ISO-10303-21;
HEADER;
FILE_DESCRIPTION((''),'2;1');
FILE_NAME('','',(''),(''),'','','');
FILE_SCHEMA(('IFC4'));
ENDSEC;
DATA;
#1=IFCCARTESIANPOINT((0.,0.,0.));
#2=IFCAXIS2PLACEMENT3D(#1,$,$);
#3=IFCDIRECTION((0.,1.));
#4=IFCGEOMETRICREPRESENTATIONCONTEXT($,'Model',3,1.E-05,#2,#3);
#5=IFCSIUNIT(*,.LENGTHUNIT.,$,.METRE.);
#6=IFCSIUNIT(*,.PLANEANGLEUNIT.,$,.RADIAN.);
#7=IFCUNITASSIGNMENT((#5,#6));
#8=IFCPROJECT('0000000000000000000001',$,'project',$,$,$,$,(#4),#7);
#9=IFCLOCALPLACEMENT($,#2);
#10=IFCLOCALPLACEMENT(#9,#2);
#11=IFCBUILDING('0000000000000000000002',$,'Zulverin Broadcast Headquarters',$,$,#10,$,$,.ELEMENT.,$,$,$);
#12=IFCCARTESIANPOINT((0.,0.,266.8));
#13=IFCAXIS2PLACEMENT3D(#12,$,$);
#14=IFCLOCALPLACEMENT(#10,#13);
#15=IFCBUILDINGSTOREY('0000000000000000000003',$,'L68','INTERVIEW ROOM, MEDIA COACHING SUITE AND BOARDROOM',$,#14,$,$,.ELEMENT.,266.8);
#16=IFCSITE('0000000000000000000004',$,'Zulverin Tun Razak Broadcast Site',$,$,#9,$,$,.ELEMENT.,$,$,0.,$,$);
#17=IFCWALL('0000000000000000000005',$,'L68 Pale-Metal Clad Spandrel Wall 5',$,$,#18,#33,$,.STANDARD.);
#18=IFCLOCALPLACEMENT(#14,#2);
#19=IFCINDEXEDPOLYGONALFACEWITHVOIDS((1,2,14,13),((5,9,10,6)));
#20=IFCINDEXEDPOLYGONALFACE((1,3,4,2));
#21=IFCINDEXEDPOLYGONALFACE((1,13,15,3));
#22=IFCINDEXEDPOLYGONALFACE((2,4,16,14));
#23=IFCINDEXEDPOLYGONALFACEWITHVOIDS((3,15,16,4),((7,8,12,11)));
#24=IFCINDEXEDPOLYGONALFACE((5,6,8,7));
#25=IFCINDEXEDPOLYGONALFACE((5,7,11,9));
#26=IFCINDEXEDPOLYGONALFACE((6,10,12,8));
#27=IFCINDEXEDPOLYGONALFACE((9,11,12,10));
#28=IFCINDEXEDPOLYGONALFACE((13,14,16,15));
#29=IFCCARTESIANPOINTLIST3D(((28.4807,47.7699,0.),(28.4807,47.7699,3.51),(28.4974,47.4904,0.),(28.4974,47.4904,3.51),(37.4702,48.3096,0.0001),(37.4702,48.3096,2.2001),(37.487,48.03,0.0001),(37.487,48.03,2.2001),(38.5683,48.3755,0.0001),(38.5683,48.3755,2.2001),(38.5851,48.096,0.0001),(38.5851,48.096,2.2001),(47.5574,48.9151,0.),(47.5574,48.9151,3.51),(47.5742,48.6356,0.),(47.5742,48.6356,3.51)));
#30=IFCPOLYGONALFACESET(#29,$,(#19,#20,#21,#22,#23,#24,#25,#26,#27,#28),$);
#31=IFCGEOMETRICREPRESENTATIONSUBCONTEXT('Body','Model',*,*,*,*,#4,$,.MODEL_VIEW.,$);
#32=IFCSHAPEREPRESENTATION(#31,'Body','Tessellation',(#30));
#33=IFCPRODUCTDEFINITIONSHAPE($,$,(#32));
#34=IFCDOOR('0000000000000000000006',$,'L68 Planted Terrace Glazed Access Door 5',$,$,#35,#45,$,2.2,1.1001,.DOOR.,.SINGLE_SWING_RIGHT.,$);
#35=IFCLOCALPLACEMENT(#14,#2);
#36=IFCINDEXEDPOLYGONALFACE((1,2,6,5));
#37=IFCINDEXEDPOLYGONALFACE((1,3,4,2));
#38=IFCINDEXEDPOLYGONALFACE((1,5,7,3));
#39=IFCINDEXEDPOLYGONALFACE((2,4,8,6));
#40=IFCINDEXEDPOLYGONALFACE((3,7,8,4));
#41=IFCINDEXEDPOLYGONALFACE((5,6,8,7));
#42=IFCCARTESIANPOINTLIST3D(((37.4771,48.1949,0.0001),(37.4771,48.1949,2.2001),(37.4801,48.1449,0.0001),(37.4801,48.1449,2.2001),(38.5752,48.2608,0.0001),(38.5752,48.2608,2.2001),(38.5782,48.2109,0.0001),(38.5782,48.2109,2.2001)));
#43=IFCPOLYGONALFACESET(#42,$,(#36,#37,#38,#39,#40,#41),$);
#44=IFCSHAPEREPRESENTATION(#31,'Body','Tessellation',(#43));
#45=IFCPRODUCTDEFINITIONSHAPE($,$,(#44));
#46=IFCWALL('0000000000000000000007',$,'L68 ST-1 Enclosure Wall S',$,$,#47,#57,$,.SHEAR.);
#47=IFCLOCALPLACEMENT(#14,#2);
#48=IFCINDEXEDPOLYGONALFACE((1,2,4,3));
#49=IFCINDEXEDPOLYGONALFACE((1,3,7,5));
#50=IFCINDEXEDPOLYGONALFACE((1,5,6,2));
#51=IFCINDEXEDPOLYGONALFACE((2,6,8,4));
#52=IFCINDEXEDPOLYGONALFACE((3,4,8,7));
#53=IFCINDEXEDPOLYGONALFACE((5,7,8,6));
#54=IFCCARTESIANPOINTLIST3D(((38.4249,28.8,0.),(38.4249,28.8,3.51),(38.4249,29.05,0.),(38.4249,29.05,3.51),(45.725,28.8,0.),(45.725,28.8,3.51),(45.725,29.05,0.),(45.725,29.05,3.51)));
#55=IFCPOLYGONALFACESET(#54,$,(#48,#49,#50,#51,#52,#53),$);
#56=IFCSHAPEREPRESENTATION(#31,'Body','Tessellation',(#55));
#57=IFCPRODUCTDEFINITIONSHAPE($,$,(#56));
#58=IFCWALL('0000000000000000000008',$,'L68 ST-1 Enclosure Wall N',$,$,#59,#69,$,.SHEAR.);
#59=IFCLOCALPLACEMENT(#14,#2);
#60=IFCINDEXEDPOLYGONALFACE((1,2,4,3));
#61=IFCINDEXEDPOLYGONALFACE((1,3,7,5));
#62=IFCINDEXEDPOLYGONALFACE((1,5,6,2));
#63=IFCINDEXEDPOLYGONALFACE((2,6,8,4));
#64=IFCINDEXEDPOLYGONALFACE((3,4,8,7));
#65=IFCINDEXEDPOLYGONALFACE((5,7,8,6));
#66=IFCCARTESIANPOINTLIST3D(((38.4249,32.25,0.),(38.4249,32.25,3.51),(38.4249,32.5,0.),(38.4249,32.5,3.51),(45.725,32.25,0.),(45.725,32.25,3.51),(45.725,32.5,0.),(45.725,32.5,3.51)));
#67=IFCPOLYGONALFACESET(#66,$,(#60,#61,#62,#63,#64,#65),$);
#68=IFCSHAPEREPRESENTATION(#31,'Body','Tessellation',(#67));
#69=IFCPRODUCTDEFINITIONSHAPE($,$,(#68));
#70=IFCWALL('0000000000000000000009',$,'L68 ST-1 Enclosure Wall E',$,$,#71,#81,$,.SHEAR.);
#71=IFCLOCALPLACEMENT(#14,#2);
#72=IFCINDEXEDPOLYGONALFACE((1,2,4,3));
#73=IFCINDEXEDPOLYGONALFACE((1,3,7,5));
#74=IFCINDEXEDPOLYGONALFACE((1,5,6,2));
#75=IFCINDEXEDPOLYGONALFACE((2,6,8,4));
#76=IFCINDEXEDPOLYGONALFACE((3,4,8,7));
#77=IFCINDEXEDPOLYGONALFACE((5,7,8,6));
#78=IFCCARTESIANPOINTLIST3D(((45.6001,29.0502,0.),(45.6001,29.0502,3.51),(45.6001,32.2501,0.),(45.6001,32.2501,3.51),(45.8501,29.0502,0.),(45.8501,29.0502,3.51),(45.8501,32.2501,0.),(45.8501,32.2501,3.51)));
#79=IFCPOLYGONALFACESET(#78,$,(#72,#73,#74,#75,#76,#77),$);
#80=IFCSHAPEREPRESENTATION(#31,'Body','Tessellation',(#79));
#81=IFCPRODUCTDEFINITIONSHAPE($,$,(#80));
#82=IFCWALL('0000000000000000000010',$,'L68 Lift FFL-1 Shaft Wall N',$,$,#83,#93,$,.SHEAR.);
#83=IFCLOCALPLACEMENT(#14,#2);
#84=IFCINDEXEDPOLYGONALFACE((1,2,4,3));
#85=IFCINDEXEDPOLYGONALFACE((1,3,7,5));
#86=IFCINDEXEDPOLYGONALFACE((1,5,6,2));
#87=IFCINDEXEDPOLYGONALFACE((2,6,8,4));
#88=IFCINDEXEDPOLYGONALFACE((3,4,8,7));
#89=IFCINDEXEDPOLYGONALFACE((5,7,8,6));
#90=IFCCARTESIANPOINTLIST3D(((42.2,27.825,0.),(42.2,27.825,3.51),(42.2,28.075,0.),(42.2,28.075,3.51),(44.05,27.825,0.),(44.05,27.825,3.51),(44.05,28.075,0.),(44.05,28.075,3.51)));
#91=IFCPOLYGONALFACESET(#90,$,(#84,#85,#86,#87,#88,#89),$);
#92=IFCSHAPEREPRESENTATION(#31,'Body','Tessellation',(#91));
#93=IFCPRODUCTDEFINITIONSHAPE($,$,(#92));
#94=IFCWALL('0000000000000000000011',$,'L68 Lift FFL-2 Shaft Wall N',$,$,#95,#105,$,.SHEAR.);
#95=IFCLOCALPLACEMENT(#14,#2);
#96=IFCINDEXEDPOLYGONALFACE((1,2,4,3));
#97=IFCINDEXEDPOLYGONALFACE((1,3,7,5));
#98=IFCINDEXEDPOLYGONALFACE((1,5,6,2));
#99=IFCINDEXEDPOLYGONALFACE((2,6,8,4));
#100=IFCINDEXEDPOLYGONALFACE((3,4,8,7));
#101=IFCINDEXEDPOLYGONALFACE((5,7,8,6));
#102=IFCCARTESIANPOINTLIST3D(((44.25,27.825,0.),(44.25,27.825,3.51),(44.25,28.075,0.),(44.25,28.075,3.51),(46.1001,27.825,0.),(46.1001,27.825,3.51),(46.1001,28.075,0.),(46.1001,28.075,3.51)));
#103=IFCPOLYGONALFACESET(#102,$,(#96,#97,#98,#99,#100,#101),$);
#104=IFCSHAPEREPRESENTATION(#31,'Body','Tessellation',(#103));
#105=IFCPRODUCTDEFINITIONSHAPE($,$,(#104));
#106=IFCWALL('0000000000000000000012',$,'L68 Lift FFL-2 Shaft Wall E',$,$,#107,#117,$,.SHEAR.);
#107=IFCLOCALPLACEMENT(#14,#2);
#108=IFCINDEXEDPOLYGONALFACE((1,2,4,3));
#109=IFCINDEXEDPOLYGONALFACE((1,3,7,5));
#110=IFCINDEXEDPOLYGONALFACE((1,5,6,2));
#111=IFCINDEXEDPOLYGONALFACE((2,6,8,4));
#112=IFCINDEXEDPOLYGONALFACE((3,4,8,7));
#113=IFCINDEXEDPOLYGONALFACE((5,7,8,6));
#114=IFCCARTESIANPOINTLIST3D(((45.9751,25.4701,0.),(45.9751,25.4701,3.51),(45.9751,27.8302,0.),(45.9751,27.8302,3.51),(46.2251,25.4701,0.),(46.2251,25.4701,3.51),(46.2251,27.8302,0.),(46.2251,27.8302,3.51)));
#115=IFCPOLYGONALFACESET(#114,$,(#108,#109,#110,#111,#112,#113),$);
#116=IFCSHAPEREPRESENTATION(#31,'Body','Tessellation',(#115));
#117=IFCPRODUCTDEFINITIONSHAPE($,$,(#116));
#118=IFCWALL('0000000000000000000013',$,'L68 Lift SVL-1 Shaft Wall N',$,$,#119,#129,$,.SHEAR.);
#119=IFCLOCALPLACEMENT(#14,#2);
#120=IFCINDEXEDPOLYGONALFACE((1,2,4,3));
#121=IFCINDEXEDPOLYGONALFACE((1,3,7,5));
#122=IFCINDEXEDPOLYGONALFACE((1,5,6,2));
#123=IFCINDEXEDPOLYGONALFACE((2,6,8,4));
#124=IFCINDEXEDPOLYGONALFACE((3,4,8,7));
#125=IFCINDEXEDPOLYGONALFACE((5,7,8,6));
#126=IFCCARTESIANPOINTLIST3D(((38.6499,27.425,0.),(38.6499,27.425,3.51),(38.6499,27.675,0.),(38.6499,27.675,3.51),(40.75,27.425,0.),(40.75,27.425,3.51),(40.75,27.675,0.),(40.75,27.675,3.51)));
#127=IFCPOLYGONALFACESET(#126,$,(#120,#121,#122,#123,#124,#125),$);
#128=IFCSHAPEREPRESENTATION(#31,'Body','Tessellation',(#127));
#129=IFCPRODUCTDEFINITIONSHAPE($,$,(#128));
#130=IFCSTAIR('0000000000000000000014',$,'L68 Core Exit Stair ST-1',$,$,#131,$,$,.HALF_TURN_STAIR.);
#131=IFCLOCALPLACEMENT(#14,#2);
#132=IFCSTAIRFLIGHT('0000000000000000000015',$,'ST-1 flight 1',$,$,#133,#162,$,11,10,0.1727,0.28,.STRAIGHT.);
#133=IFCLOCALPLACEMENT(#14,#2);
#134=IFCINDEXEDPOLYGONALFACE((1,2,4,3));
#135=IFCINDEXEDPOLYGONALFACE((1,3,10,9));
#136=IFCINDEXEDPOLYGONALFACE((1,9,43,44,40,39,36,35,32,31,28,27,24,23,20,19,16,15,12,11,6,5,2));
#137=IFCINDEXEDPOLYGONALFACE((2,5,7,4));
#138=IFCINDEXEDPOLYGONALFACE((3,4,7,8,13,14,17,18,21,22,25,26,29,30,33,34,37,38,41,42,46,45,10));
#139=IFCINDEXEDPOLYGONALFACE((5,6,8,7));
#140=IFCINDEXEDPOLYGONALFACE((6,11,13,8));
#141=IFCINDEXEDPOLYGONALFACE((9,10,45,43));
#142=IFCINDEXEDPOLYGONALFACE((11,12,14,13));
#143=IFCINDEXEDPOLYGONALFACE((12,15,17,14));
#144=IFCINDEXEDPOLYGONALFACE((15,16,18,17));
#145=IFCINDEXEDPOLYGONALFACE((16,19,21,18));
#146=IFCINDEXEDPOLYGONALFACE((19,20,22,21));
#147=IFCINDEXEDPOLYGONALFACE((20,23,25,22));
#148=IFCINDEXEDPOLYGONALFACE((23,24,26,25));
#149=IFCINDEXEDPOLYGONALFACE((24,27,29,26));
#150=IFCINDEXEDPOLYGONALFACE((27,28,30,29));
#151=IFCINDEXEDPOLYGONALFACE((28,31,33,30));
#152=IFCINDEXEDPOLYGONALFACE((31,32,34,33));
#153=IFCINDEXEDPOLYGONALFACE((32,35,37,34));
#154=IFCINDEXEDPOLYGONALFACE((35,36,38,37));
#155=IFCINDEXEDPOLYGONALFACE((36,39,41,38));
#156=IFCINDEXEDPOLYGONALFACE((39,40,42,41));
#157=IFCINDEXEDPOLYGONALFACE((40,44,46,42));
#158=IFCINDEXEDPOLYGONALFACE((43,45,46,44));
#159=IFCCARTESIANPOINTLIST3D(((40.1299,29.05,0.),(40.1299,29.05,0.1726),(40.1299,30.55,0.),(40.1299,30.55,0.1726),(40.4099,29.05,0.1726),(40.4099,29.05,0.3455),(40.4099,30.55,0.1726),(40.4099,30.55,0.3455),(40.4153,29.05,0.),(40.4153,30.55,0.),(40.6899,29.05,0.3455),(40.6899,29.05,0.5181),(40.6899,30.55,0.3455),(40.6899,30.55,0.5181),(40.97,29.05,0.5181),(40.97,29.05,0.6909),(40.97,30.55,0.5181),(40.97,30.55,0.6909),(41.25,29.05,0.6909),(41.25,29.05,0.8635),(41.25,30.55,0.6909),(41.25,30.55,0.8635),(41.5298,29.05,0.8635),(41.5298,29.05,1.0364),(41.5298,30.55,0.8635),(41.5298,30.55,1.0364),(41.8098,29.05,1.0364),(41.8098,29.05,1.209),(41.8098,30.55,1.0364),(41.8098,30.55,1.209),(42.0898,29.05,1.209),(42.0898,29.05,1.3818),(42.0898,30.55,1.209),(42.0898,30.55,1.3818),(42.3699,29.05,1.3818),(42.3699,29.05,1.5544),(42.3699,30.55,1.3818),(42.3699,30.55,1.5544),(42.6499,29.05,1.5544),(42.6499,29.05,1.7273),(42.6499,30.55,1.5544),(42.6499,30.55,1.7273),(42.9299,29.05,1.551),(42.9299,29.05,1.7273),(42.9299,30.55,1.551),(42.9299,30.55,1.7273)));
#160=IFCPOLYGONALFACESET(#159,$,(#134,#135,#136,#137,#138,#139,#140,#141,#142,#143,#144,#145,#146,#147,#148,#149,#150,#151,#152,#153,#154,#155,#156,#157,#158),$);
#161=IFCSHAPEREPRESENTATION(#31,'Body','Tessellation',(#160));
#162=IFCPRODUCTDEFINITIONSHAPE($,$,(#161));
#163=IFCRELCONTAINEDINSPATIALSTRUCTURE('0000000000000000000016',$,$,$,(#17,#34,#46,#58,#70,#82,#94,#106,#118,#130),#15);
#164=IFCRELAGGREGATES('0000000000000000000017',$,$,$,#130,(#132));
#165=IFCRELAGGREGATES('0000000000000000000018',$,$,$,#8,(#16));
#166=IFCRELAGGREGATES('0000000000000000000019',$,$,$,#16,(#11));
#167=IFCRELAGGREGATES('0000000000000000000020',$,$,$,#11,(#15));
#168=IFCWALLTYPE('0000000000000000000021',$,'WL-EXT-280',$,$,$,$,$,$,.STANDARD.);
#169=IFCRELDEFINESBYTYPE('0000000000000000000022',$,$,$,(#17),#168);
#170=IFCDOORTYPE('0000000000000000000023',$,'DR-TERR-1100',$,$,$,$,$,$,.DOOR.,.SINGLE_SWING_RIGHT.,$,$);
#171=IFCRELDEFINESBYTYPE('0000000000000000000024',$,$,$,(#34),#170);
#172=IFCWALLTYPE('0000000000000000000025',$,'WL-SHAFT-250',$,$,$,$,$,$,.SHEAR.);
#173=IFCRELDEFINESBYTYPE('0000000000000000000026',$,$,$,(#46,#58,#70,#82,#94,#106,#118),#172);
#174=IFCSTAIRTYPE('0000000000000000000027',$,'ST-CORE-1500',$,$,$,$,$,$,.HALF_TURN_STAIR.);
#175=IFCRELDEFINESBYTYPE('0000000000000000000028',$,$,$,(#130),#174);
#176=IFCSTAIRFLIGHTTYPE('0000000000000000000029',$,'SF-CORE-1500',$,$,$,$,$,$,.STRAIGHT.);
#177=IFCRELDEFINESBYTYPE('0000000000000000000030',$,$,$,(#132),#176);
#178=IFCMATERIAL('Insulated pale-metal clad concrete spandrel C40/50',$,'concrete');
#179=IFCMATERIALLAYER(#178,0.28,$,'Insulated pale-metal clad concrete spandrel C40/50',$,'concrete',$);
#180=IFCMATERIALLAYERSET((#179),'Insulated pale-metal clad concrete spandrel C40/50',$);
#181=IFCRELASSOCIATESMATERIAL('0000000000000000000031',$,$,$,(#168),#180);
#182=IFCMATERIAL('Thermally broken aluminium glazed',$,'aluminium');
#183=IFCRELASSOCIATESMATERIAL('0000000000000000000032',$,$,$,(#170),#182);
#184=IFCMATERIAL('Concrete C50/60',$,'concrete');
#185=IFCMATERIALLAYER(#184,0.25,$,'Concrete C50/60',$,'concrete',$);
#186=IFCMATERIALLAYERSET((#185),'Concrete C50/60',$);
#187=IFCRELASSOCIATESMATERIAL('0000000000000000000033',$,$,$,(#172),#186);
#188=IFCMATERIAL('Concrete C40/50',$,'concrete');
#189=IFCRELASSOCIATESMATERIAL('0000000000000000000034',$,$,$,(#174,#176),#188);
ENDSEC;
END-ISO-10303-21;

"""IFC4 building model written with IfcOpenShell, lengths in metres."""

from ifc_helpers import new_model, si_unit, direction, frame, frame_2d, origin, place, context, subcontext, project, spatial, polyline, rectangle, outline, extrude, material, layer, layer_set, type_object, element, fill, aggregate, save


model = new_model("IFC4")

# Units and contexts
model_context = context("Model", 3, precision=1e-05, world=origin(), true_north=direction((0.0, 1.0)))
body_context = subcontext(model_context, "Body", "Model", "MODEL_VIEW")
ifc_project = project(units=[si_unit("LENGTHUNIT", "METRE"), si_unit("PLANEANGLEUNIT", "RADIAN")], contexts=[model_context])

# Site, building, storey
site_placement = place(None, origin())
site = spatial("IfcSite", under=ifc_project, at=site_placement, Name="Zulverin Tun Razak Broadcast Site", CompositionType="ELEMENT", RefElevation=0.0)
building_placement = place(site_placement, origin())
building = spatial("IfcBuilding", under=site, at=building_placement, Name="Zulverin Broadcast Headquarters", CompositionType="ELEMENT")
storey_placement = place(building_placement, frame((0.0, 0.0, 266.8)))
storey = spatial("IfcBuildingStorey", under=building, at=storey_placement, Name="L68", Description="INTERVIEW ROOM, MEDIA COACHING SUITE AND BOARDROOM", CompositionType="ELEMENT", Elevation=266.8)

# Shared definitions
ifc_material_1 = material(Name="Concrete C50/60", Category="concrete")

# Shared definitions
ifc_material_2 = material(Name="Concrete C40/50", Category="concrete")

# Wall, opening, door
ifc_material_3 = material(Name="Insulated pale-metal clad concrete spandrel C40/50", Category="concrete")
ifc_layer_1 = layer(ifc_material_3, 0.28, Name="Insulated pale-metal clad concrete spandrel C40/50", Category="concrete")
ifc_layer_set_1 = layer_set([ifc_layer_1], Name="Insulated pale-metal clad concrete spandrel C40/50")
wall_type_1 = type_object("IfcWallType", Name="WL-EXT-280", PredefinedType="STANDARD", material=ifc_layer_set_1)
wall_1_placement = place(storey_placement, frame((47.5659, 48.7754, 0.0), z_axis=(0.0, 0.0, 1.0), x_axis=(-0.998203, -0.059927, 0.0)))
wall_1 = element("IfcWall", 1, at=wall_1_placement, inside=storey, type_object=wall_type_1, Name="L68 Pale-Metal Clad Spandrel Wall 5", PredefinedType="STANDARD", context=body_context, shape_type="SweptSolid", body=[
    extrude(rectangle(XDim=19.1111, YDim=0.28, at=frame_2d((9.5557, 0.0))), origin(), (0.0, 0.0, 1.0), 3.51),
])
opening_1_placement = place(wall_1_placement, frame((9.0054, 0.0, 0.0)))
opening_1 = element("IfcOpeningElement", 2, at=opening_1_placement, cuts=wall_1, PredefinedType="OPENING", context=body_context, shape_type="SweptSolid", body=[
    extrude(rectangle(XDim=1.1001, YDim=2.2, at=frame_2d((0.55, 1.1001))), frame((0.0, 0.1499, 0.0), z_axis=(0.0, -1.0, 0.0), x_axis=(1.0, 0.0, 0.0)), (0.0, 0.0, 1.0), 0.3),
])
ifc_material_4 = material(Name="Thermally broken aluminium glazed", Category="aluminium")
door_type_1 = type_object("IfcDoorType", Name="DR-TERR-1100", OperationType="SINGLE_SWING_RIGHT", PredefinedType="DOOR", material=ifc_material_4)
door_1_placement = place(opening_1_placement, origin())
door_1 = element("IfcDoor", 3, at=door_1_placement, inside=storey, type_object=door_type_1, Name="L68 Planted Terrace Glazed Access Door 5", OperationType="SINGLE_SWING_RIGHT", OverallHeight=2.2, OverallWidth=1.1001, PredefinedType="DOOR", context=body_context, shape_type="SweptSolid", body=[
    extrude(rectangle(XDim=1.1001, YDim=2.2, at=frame_2d((0.55, 1.1001))), frame((0.0, 0.0249, 0.0), z_axis=(0.0, -1.0, 0.0), x_axis=(1.0, 0.0, 0.0)), (0.0, 0.0, 1.0), 0.05),
])
fill(opening_1, door_1)

# Walls
ifc_layer_2 = layer(ifc_material_1, 0.25, Name="Concrete C50/60", Category="concrete")
ifc_layer_set_2 = layer_set([ifc_layer_2], Name="Concrete C50/60")
wall_type_2 = type_object("IfcWallType", Name="WL-SHAFT-250", PredefinedType="SHEAR", material=ifc_layer_set_2)
for number, where, z_axis, x_axis, name in (
    (4, (38.425, 28.925, 0.0), (0.0, 0.0, 1.0), (1.0, 0.0, 0.0), "L68 ST-1 Enclosure Wall S"),
    (5, (38.425, 32.375, 0.0), (0.0, 0.0, 1.0), (1.0, 0.0, 0.0), "L68 ST-1 Enclosure Wall N"),
):
    element("IfcWall", number, at=place(storey_placement, frame(where, z_axis=z_axis, x_axis=x_axis)), inside=storey, type_object=wall_type_2, Name=name, PredefinedType="SHEAR", context=body_context, shape_type="SweptSolid", body=[
        extrude(rectangle(XDim=7.3, YDim=0.25, at=frame_2d((3.6499, 0.0))), origin(), (0.0, 0.0, 1.0), 3.51),
    ])

# Walls
wall_2_placement = place(storey_placement, frame((45.7251, 29.05, 0.0), z_axis=(0.0, 0.0, 1.0), x_axis=(0.0, 1.0, 0.0)))
element("IfcWall", 6, at=wall_2_placement, inside=storey, type_object=wall_type_2, Name="L68 ST-1 Enclosure Wall E", PredefinedType="SHEAR", context=body_context, shape_type="SweptSolid", body=[
    extrude(rectangle(XDim=3.2, YDim=0.25, at=frame_2d((1.6001, 0.0))), origin(), (0.0, 0.0, 1.0), 3.51),
])
for number, where, z_axis, x_axis, name in (
    (7, (42.2, 27.95, 0.0), (0.0, 0.0, 1.0), (1.0, 0.0, 0.0), "L68 Lift FFL-1 Shaft Wall N"),
    (8, (44.25, 27.95, 0.0), (0.0, 0.0, 1.0), (1.0, 0.0, 0.0), "L68 Lift FFL-2 Shaft Wall N"),
):
    element("IfcWall", number, at=place(storey_placement, frame(where, z_axis=z_axis, x_axis=x_axis)), inside=storey, type_object=wall_type_2, Name=name, PredefinedType="SHEAR", context=body_context, shape_type="SweptSolid", body=[
        extrude(rectangle(XDim=1.8501, YDim=0.25, at=frame_2d((0.925, 0.0))), origin(), (0.0, 0.0, 1.0), 3.51),
    ])
wall_3_placement = place(storey_placement, frame((46.1001, 25.47, 0.0), z_axis=(0.0, 0.0, 1.0), x_axis=(0.0, 1.0, 0.0)))
element("IfcWall", 9, at=wall_3_placement, inside=storey, type_object=wall_type_2, Name="L68 Lift FFL-2 Shaft Wall E", PredefinedType="SHEAR", context=body_context, shape_type="SweptSolid", body=[
    extrude(rectangle(XDim=2.3601, YDim=0.25, at=frame_2d((1.1802, 0.0))), origin(), (0.0, 0.0, 1.0), 3.51),
])
wall_4_placement = place(storey_placement, frame((38.6499, 27.55, 0.0), z_axis=(0.0, 0.0, 1.0), x_axis=(1.0, 0.0, 0.0)))
element("IfcWall", 10, at=wall_4_placement, inside=storey, type_object=wall_type_2, Name="L68 Lift SVL-1 Shaft Wall N", PredefinedType="SHEAR", context=body_context, shape_type="SweptSolid", body=[
    extrude(rectangle(XDim=2.1001, YDim=0.25, at=frame_2d((1.05, 0.0))), origin(), (0.0, 0.0, 1.0), 3.51),
])

# Stair, stair flight
stair_type = type_object("IfcStairType", Name="ST-CORE-1500", PredefinedType="HALF_TURN_STAIR", material=ifc_material_2)
stair_placement = place(storey_placement, origin())
stair = element("IfcStair", 11, at=stair_placement, inside=storey, type_object=stair_type, Name="L68 Core Exit Stair ST-1", PredefinedType="HALF_TURN_STAIR")
stair_flight_type = type_object("IfcStairFlightType", Name="SF-CORE-1500", PredefinedType="STRAIGHT", material=ifc_material_2)
stair_flight_1_placement = place(storey_placement, frame((40.1299, 29.8, 0.0), z_axis=(0.0, 0.0, 1.0), x_axis=(1.0, 0.0, 0.0)))
stair_flight_1 = element("IfcStairFlight", 12, at=stair_flight_1_placement, type_object=stair_flight_type, Name="ST-1 flight 1", NumberOfRisers=11, NumberOfTreads=10, PredefinedType="STRAIGHT", RiserHeight=0.1727, TreadLength=0.28, context=body_context, shape_type="SweptSolid", body=[
    extrude(outline(polyline([(0.0, 0.0), (0.0, 0.1726), (0.28, 0.1726), (0.28, 0.3455), (0.5601, 0.3455), (0.5601, 0.5181), (0.8401, 0.5181), (0.8401, 0.6909), (1.1201, 0.6909), (1.1201, 0.8635), (1.3999, 0.8635), (1.3999, 1.0364), (1.6799, 1.0364), (1.6799, 1.209), (1.96, 1.209), (1.96, 1.3818), (2.24, 1.3818), (2.24, 1.5544), (2.52, 1.5544), (2.52, 1.7273), (2.8, 1.7273), (2.8, 1.8999), (2.8, 1.551), (0.2854, 0.0), (0.0, 0.0)])), frame((0.0, 0.75, 0.0), z_axis=(0.0, -1.0, 0.0), x_axis=(1.0, 0.0, 0.0)), (0.0, 0.0, 1.0), 1.5),
])
aggregate(stair, [stair_flight_1])

save(model, "model.ifc")
